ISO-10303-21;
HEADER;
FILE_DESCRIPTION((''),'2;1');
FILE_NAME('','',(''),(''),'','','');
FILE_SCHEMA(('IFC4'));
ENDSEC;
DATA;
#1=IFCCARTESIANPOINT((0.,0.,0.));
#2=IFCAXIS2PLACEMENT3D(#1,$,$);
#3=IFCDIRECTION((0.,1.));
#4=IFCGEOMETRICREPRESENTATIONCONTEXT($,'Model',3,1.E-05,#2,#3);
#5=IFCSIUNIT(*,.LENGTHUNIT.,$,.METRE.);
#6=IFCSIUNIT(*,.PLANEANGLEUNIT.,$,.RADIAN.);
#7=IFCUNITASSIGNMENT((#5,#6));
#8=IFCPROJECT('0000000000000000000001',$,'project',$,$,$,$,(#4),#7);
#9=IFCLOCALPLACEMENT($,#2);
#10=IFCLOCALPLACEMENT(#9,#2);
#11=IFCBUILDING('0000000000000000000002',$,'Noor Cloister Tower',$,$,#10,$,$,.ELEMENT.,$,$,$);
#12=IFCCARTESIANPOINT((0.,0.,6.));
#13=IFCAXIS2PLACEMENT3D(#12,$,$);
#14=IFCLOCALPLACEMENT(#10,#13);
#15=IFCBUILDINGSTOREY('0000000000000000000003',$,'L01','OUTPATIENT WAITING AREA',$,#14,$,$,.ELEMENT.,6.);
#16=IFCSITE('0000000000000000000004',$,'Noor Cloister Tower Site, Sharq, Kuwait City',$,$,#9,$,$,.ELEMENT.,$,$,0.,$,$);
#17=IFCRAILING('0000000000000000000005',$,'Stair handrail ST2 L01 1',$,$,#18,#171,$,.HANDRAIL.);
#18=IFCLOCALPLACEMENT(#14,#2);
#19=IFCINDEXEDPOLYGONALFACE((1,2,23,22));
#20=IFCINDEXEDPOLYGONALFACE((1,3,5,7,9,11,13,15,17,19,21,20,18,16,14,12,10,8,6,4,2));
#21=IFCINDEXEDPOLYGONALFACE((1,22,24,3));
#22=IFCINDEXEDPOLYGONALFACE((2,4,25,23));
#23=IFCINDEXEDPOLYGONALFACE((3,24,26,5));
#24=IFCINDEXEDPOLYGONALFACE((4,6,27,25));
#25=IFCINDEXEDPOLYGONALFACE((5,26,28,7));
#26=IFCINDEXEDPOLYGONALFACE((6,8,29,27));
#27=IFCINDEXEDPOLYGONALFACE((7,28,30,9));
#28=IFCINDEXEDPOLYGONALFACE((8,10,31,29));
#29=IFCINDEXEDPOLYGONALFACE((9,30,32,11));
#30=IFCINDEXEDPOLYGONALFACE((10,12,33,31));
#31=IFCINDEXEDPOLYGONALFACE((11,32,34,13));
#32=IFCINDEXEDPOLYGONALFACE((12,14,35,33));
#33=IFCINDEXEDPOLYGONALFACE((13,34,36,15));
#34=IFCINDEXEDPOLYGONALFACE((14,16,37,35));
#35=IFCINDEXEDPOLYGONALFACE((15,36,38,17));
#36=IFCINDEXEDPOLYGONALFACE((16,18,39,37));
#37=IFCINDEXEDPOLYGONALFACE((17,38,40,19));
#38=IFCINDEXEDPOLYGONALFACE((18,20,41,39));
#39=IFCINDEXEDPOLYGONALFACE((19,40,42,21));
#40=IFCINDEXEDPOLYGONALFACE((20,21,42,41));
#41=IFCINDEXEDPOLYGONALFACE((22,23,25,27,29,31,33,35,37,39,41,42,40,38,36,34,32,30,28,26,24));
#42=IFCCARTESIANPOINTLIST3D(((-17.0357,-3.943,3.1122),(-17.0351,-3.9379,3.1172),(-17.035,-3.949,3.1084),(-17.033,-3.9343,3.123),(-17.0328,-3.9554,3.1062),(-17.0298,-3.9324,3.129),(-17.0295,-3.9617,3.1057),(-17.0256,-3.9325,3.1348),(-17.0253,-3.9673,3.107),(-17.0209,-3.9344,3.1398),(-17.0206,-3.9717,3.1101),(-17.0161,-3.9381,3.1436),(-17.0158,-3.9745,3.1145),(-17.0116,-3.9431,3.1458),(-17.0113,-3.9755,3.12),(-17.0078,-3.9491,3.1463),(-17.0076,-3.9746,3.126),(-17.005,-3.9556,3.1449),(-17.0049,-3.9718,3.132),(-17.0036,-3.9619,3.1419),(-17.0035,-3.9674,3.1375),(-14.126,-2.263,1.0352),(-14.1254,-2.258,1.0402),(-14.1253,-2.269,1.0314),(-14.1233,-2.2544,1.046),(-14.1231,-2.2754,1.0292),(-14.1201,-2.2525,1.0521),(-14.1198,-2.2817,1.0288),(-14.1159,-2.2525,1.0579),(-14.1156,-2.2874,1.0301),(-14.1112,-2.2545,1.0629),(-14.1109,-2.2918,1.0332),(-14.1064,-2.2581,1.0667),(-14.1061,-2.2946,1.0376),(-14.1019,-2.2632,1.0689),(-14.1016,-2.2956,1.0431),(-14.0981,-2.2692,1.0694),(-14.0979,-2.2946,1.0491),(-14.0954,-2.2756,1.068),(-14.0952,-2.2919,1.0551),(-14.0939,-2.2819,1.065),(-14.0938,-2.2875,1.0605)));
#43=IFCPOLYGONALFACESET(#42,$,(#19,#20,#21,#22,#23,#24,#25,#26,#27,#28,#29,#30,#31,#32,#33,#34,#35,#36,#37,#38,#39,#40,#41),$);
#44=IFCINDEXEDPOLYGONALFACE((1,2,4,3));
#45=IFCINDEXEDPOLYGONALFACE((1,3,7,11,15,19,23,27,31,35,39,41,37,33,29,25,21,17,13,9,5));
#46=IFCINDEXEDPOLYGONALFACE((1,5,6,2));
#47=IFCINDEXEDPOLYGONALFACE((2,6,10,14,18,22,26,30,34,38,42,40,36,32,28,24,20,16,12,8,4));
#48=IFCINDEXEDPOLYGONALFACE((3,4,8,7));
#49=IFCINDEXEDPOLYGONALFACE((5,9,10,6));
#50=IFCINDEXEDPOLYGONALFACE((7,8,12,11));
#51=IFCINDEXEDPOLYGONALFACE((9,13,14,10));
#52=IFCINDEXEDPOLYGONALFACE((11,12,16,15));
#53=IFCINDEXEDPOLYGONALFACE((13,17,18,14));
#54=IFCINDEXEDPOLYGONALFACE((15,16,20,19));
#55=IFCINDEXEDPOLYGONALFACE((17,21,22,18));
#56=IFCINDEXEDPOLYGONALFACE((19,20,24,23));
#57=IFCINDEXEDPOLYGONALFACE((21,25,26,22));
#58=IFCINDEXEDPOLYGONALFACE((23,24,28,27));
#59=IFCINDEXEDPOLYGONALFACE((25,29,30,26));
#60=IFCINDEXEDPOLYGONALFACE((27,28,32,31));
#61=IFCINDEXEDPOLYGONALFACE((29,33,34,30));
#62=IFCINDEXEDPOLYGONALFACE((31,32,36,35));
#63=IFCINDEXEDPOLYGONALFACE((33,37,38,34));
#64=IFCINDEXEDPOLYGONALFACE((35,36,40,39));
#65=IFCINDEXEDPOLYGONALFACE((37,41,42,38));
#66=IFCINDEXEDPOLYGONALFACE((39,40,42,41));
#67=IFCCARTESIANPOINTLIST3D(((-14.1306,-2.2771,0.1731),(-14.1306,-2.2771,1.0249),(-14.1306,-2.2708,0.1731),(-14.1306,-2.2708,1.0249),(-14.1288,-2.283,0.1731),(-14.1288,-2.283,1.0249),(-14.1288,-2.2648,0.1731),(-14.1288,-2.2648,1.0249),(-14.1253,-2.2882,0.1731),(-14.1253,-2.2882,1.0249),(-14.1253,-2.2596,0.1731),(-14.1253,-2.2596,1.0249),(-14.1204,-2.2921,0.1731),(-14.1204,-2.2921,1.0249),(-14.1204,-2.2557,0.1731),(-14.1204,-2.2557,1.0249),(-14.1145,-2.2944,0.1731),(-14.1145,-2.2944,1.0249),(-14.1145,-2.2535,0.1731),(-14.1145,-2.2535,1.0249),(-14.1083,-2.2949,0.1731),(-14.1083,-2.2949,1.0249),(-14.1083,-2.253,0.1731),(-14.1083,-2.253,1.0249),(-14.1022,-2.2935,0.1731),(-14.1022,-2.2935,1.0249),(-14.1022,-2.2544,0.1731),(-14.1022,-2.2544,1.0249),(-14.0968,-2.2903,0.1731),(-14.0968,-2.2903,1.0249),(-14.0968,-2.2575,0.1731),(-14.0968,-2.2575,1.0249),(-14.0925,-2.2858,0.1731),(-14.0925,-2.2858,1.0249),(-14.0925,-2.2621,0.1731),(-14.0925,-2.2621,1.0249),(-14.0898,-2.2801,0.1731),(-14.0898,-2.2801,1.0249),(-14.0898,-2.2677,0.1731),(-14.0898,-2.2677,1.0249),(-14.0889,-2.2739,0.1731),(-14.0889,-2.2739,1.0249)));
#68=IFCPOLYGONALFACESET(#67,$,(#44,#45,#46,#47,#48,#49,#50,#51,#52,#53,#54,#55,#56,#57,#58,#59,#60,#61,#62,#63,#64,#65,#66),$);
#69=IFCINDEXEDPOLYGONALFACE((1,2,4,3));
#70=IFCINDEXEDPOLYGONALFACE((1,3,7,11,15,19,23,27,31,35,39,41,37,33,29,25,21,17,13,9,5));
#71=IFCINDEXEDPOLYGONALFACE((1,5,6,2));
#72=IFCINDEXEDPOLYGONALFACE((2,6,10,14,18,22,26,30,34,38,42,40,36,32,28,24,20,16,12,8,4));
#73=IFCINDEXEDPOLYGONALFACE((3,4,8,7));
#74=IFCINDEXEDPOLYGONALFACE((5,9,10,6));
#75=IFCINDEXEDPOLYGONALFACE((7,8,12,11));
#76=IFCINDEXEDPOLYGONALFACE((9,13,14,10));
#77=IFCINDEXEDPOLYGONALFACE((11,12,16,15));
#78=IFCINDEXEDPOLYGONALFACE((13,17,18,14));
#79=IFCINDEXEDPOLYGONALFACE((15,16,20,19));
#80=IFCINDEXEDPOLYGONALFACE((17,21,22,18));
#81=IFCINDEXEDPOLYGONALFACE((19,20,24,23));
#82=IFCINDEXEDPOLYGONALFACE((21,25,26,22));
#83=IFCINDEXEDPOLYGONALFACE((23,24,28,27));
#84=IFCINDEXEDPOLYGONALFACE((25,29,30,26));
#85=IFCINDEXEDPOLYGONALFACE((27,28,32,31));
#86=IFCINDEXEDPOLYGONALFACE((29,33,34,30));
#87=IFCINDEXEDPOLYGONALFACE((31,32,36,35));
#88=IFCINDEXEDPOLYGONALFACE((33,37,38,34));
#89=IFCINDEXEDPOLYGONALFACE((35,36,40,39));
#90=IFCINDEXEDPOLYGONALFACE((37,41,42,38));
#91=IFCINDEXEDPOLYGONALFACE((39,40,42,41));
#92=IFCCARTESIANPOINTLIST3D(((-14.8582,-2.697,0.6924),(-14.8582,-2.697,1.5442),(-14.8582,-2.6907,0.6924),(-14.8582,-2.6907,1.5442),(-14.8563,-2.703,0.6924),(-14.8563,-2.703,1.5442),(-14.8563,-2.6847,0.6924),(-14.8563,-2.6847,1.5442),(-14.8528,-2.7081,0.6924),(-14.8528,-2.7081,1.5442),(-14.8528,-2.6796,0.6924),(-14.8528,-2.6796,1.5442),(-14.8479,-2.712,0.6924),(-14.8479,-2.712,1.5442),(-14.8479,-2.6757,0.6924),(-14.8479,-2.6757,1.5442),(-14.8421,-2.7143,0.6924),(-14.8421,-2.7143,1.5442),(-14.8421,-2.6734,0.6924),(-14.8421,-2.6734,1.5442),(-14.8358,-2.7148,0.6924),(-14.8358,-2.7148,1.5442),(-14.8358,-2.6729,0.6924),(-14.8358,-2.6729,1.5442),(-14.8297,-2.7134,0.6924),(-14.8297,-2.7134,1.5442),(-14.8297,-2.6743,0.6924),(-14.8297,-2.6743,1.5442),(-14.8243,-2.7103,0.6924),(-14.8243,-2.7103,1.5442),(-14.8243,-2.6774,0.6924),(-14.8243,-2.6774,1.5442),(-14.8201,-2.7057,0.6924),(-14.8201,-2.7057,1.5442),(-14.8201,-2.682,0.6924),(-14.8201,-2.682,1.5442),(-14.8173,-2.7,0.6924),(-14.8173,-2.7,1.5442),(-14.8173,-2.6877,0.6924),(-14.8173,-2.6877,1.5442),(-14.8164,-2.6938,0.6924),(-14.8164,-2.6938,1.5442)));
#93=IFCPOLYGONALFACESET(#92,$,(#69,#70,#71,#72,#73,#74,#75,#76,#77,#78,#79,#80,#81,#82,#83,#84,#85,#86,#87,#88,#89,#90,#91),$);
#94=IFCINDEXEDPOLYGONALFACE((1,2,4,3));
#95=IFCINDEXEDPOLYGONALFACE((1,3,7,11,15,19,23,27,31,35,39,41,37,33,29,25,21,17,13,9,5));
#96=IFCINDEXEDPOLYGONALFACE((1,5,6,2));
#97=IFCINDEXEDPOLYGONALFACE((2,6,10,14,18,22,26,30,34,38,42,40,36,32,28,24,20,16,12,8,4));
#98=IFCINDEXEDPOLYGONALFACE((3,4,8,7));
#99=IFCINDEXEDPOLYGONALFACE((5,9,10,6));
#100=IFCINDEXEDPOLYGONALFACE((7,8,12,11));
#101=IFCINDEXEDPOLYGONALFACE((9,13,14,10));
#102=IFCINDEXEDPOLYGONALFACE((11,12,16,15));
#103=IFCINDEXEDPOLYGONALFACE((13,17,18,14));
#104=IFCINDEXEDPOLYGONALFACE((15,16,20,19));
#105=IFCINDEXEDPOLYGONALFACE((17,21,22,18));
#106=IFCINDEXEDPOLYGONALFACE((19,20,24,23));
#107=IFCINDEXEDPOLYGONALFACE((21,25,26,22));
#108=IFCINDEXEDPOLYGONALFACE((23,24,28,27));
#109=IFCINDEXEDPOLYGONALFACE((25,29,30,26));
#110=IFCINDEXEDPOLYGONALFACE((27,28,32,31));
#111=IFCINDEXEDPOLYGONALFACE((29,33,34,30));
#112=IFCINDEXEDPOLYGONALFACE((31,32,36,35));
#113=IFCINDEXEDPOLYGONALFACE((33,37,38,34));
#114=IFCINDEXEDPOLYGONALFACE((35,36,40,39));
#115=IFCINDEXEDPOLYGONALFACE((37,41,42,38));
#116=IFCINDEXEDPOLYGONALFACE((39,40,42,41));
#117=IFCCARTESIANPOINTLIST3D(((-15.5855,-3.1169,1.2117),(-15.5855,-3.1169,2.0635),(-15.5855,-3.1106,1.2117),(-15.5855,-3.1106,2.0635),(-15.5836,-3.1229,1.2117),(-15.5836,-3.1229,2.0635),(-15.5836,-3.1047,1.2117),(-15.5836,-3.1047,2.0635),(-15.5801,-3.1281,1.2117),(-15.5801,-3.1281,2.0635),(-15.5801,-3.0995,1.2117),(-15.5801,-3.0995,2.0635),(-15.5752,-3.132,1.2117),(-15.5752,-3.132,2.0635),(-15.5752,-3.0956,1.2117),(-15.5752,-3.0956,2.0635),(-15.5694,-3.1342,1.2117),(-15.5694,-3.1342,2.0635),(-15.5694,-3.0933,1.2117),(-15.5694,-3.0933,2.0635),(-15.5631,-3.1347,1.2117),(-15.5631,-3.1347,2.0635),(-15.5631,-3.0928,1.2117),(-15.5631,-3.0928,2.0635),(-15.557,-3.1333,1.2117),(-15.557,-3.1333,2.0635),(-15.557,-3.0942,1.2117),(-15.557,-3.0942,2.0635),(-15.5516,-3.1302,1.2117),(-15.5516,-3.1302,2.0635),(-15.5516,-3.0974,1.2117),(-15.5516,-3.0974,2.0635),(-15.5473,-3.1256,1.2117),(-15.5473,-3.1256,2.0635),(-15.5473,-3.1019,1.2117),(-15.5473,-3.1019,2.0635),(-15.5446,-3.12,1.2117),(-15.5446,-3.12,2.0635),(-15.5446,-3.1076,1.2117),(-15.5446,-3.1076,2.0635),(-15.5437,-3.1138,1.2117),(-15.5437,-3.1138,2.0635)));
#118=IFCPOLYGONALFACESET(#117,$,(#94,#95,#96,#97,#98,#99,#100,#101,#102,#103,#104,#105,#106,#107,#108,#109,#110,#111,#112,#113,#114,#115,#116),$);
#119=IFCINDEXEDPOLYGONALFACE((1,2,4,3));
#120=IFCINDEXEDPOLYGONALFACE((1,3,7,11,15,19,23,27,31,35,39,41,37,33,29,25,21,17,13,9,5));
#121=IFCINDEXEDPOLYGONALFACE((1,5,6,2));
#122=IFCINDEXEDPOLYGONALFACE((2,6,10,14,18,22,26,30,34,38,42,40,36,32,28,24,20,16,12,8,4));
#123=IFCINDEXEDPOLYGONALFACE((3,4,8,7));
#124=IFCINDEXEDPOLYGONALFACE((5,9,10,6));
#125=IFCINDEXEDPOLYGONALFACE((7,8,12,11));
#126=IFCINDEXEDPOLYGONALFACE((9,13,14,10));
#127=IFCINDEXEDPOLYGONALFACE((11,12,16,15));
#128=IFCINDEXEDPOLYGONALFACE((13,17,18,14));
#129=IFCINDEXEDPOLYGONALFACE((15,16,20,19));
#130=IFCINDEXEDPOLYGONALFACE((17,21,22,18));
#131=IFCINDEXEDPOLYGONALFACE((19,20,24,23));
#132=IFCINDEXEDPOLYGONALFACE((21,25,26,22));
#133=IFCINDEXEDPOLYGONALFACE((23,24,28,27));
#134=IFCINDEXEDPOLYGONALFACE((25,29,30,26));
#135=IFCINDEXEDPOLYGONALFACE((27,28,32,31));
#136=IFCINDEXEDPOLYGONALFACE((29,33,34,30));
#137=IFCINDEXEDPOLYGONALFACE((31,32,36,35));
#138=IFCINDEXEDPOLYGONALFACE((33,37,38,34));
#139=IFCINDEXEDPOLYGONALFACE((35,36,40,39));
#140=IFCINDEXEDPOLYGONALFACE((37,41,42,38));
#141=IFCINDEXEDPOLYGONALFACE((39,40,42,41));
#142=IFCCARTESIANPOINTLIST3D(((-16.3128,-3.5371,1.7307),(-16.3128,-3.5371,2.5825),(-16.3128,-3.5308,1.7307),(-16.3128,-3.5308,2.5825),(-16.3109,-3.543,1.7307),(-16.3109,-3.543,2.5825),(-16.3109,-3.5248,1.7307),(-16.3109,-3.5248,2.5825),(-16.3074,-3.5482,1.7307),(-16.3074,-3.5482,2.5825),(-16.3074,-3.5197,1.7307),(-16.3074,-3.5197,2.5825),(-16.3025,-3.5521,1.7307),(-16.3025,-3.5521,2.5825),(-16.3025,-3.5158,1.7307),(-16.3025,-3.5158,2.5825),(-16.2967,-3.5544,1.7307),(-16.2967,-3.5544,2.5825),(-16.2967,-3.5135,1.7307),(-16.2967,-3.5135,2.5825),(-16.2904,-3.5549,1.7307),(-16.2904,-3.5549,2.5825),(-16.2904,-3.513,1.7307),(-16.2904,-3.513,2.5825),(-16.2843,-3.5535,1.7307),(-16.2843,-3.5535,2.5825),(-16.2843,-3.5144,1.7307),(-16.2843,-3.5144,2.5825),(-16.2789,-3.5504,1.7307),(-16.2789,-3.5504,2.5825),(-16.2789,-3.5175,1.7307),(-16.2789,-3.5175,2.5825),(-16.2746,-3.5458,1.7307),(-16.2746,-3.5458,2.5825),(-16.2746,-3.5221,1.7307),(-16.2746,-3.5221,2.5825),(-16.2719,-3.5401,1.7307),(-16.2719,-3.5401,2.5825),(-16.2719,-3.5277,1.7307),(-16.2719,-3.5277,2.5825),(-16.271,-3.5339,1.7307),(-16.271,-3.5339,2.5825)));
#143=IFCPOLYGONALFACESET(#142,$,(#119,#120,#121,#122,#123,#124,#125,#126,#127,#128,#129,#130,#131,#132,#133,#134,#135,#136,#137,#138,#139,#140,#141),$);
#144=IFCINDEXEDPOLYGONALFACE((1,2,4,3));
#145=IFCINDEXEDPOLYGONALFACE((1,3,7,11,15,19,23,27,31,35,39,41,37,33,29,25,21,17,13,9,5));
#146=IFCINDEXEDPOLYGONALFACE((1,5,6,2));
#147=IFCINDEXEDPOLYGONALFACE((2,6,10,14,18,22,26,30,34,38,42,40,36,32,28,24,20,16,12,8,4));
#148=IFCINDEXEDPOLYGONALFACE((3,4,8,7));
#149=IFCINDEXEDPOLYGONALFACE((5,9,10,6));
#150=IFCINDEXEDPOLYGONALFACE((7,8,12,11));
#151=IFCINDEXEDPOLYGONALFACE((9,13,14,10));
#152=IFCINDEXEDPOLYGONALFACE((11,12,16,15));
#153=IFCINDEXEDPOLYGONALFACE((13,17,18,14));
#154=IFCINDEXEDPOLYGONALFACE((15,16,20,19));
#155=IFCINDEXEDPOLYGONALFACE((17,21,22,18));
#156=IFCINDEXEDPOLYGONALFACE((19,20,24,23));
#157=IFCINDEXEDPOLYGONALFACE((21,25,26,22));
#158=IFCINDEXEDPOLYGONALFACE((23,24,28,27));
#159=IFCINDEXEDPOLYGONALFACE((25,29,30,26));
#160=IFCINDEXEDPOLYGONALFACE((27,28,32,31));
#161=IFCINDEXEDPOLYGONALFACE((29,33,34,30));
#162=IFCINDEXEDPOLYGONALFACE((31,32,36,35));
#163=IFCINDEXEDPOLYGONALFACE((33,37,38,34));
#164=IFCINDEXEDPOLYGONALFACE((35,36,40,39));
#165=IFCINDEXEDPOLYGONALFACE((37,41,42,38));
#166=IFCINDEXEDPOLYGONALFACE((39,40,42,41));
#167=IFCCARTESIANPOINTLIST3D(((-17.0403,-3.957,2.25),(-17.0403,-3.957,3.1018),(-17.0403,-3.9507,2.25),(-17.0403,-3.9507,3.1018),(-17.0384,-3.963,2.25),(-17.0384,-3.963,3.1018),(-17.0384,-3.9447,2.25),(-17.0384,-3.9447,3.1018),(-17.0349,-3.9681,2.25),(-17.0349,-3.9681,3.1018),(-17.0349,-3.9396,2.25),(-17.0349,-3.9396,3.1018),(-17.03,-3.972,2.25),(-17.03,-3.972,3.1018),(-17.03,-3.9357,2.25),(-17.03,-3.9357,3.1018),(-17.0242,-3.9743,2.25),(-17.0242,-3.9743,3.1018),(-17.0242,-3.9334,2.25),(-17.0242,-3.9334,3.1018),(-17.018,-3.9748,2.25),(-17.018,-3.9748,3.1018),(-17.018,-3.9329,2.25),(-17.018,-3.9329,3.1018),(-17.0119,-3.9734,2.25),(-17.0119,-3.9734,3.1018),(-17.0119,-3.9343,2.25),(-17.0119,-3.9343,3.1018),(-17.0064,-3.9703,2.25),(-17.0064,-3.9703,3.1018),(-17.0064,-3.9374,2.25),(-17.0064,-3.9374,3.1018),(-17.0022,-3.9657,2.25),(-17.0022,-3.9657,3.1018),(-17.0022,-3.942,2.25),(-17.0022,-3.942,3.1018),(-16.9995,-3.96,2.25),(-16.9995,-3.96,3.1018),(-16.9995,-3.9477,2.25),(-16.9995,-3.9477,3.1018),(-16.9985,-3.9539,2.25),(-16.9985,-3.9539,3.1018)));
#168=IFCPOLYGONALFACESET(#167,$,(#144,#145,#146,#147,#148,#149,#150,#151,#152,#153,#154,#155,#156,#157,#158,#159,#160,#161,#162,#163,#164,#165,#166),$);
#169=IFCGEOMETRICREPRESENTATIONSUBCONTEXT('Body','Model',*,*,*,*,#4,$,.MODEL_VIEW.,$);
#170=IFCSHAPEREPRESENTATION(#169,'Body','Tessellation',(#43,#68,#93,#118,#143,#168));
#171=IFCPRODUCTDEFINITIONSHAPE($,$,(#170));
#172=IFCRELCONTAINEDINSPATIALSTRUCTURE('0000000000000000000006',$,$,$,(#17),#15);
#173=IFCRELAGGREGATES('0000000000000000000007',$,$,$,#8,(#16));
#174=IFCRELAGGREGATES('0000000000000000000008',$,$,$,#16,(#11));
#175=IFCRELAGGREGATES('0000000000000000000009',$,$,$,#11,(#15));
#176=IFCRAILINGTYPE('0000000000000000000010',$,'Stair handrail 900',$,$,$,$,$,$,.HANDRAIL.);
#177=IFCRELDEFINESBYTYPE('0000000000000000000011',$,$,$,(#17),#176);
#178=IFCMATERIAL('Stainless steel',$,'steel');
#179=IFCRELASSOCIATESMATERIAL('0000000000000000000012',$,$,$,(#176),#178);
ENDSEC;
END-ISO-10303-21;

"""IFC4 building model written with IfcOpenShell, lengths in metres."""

from ifc_helpers import new_model, si_unit, direction, frame, origin, origin_2d, place, context, subcontext, project, spatial, circle, extrude, material, type_object, element, save


model = new_model("IFC4")

# Units and contexts
model_context = context("Model", 3, precision=1e-05, world=origin(), true_north=direction((0.0, 1.0)))
body_context = subcontext(model_context, "Body", "Model", "MODEL_VIEW")
ifc_project = project(units=[si_unit("LENGTHUNIT", "METRE"), si_unit("PLANEANGLEUNIT", "RADIAN")], contexts=[model_context])

# Site, building, storey
site_placement = place(None, origin())
site = spatial("IfcSite", under=ifc_project, at=site_placement, Name="Noor Cloister Tower Site, Sharq, Kuwait City", CompositionType="ELEMENT", RefElevation=0.0)
building_placement = place(site_placement, origin())
building = spatial("IfcBuilding", under=site, at=building_placement, Name="Noor Cloister Tower", CompositionType="ELEMENT")
storey_placement = place(building_placement, frame((0.0, 0.0, 6.0)))
storey = spatial("IfcBuildingStorey", under=building, at=storey_placement, Name="L01", Description="OUTPATIENT WAITING AREA", CompositionType="ELEMENT", Elevation=6.0)

# Railing
ifc_material_1 = material(Name="Stainless steel", Category="steel")
railing_type = type_object("IfcRailingType", Name="Stair handrail 900", PredefinedType="HANDRAIL", material=ifc_material_1)
railing_1_placement = place(storey_placement, frame((-14.1099, -2.2739, 0.1731)))
element("IfcRailing", 1, at=railing_1_placement, inside=storey, type_object=railing_type, Name="Stair handrail ST2 L01 1", PredefinedType="HANDRAIL", context=body_context, shape_type="SweptSolid", body=[
    extrude(circle(Radius=0.0239, at=origin_2d()), frame((0.0, 0.0, 0.876), z_axis=(-0.73664, -0.425308, 0.525809), x_axis=(0.500008, -0.866021, 0.0)), (0.0, 0.0, 1.0), 3.95),
    extrude(circle(Radius=0.021, at=origin_2d()), origin(), (0.0, 0.0, 1.0), 0.8518),
    extrude(circle(Radius=0.021, at=origin_2d()), frame((-0.7275, -0.4199, 0.5193)), (0.0, 0.0, 1.0), 0.8518),
    extrude(circle(Radius=0.021, at=origin_2d()), frame((-1.4548, -0.8398, 1.0386)), (0.0, 0.0, 1.0), 0.8518),
    extrude(circle(Radius=0.021, at=origin_2d()), frame((-2.1821, -1.26, 1.5576)), (0.0, 0.0, 1.0), 0.8518),
    extrude(circle(Radius=0.021, at=origin_2d()), frame((-2.9097, -1.6799, 2.0769)), (0.0, 0.0, 1.0), 0.8518),
])

save(model, "model.ifc")
